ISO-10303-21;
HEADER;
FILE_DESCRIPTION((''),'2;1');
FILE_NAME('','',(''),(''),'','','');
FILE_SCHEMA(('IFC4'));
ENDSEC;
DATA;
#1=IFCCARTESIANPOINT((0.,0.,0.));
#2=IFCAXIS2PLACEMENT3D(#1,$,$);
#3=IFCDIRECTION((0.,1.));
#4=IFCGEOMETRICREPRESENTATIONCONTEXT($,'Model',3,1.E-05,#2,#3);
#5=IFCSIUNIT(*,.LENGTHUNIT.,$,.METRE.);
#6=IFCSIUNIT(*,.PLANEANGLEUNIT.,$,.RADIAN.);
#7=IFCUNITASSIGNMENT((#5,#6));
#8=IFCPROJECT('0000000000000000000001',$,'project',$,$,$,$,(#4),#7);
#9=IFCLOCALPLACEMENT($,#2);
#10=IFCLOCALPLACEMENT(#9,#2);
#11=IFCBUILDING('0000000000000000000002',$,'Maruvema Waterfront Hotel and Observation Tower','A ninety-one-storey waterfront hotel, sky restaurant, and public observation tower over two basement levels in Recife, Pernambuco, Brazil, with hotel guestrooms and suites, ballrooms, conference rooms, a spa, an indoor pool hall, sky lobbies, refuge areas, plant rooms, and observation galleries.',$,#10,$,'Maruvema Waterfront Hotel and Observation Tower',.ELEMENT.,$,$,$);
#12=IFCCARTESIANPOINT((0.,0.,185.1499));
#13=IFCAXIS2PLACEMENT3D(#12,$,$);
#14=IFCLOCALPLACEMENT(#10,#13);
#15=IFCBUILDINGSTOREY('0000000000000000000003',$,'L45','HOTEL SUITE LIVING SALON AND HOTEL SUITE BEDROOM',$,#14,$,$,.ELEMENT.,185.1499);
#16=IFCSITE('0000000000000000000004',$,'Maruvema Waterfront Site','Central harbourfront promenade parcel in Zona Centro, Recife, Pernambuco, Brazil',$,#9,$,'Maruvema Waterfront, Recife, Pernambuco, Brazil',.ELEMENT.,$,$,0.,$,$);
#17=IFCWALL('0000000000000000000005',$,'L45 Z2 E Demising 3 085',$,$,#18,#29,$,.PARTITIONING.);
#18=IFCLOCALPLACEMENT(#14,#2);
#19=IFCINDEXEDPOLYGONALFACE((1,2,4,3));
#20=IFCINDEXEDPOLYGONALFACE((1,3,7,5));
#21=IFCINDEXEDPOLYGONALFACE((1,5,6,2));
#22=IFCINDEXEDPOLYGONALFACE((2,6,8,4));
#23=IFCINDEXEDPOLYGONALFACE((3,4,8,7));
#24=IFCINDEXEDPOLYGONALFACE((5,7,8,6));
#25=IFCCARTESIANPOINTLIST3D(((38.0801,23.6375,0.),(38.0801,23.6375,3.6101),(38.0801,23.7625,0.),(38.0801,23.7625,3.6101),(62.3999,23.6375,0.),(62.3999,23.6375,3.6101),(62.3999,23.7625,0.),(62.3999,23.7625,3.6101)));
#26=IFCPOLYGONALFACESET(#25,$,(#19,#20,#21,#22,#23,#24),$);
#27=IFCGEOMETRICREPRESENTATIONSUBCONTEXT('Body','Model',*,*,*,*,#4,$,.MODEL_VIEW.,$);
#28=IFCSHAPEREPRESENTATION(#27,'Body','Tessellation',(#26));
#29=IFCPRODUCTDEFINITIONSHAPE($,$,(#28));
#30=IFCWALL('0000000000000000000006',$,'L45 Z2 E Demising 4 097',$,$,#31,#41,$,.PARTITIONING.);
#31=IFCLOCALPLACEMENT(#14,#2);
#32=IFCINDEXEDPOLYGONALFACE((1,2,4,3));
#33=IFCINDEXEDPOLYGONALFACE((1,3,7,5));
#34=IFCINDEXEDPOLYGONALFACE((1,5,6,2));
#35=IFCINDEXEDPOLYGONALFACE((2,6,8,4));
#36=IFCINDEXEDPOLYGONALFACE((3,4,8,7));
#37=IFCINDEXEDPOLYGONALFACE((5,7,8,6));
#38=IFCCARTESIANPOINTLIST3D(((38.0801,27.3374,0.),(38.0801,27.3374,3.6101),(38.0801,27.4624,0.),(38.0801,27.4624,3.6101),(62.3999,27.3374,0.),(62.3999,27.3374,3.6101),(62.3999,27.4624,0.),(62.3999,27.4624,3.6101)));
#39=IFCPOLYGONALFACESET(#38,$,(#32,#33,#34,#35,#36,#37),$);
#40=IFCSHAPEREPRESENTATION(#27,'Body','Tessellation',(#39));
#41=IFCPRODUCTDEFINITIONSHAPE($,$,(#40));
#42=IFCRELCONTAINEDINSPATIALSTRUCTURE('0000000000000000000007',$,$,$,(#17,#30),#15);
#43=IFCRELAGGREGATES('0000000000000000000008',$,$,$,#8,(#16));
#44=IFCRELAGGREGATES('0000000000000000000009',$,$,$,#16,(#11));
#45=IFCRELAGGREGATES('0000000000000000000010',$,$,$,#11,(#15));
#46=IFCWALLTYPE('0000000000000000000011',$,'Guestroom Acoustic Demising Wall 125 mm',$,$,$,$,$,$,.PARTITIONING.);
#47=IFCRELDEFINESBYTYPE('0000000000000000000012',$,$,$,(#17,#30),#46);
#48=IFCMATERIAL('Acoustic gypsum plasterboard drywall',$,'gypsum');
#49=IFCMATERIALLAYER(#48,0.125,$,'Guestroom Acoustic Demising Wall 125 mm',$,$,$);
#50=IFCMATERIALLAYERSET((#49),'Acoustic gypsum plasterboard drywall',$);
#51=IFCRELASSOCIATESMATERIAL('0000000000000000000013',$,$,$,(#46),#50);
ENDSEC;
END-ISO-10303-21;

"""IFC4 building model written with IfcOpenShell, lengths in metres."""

from ifc_helpers import new_model, si_unit, direction, frame, frame_2d, origin, place, context, subcontext, project, spatial, rectangle, extrude, material, layer, layer_set, type_object, element, save


model = new_model("IFC4")

# Units and contexts
model_context = context("Model", 3, precision=1e-05, world=origin(), true_north=direction((0.0, 1.0)))
body_context = subcontext(model_context, "Body", "Model", "MODEL_VIEW")
ifc_project = project(units=[si_unit("LENGTHUNIT", "METRE"), si_unit("PLANEANGLEUNIT", "RADIAN")], contexts=[model_context])

# Site, building, storey
site_placement = place(None, origin())
site = spatial("IfcSite", under=ifc_project, at=site_placement, Name="Maruvema Waterfront Site", Description="Central harbourfront promenade parcel in Zona Centro, Recife, Pernambuco, Brazil", LongName="Maruvema Waterfront, Recife, Pernambuco, Brazil", CompositionType="ELEMENT", RefElevation=0.0)
building_placement = place(site_placement, origin())
building = spatial("IfcBuilding", under=site, at=building_placement, Name="Maruvema Waterfront Hotel and Observation Tower", Description="A ninety-one-storey waterfront hotel, sky restaurant, and public observation tower over two basement levels in Recife, Pernambuco, Brazil, with hotel guestrooms and suites, ballrooms, conference rooms, a spa, an indoor pool hall, sky lobbies, refuge areas, plant rooms, and observation galleries.", LongName="Maruvema Waterfront Hotel and Observation Tower", CompositionType="ELEMENT")
storey_placement = place(building_placement, frame((0.0, 0.0, 185.1499)))
storey = spatial("IfcBuildingStorey", under=building, at=storey_placement, Name="L45", Description="HOTEL SUITE LIVING SALON AND HOTEL SUITE BEDROOM", CompositionType="ELEMENT", Elevation=185.1499)

# Walls
ifc_material_1 = material(Name="Acoustic gypsum plasterboard drywall", Category="gypsum")
ifc_layer_1 = layer(ifc_material_1, 0.125, Name="Guestroom Acoustic Demising Wall 125 mm")
ifc_layer_set_1 = layer_set([ifc_layer_1], Name="Acoustic gypsum plasterboard drywall")
wall_type_1 = type_object("IfcWallType", Name="Guestroom Acoustic Demising Wall 125 mm", PredefinedType="PARTITIONING", material=ifc_layer_set_1)
for number, where, z_axis, x_axis, name in (
    (1, (38.0801, 23.7, 0.0), (0.0, 0.0, 1.0), (1.0, 0.0, 0.0), "L45 Z2 E Demising 3 085"),
    (2, (38.0801, 27.3999, 0.0), (0.0, 0.0, 1.0), (1.0, 0.0, 0.0), "L45 Z2 E Demising 4 097"),
):
    element("IfcWall", number, at=place(storey_placement, frame(where, z_axis=z_axis, x_axis=x_axis)), inside=storey, type_object=wall_type_1, Name=name, PredefinedType="PARTITIONING", context=body_context, shape_type="SweptSolid", body=[
        extrude(rectangle(XDim=24.3198, YDim=0.125, at=frame_2d((12.1599, 0.0))), origin(), (0.0, 0.0, 1.0), 3.6101),
    ])

save(model, "model.ifc")
